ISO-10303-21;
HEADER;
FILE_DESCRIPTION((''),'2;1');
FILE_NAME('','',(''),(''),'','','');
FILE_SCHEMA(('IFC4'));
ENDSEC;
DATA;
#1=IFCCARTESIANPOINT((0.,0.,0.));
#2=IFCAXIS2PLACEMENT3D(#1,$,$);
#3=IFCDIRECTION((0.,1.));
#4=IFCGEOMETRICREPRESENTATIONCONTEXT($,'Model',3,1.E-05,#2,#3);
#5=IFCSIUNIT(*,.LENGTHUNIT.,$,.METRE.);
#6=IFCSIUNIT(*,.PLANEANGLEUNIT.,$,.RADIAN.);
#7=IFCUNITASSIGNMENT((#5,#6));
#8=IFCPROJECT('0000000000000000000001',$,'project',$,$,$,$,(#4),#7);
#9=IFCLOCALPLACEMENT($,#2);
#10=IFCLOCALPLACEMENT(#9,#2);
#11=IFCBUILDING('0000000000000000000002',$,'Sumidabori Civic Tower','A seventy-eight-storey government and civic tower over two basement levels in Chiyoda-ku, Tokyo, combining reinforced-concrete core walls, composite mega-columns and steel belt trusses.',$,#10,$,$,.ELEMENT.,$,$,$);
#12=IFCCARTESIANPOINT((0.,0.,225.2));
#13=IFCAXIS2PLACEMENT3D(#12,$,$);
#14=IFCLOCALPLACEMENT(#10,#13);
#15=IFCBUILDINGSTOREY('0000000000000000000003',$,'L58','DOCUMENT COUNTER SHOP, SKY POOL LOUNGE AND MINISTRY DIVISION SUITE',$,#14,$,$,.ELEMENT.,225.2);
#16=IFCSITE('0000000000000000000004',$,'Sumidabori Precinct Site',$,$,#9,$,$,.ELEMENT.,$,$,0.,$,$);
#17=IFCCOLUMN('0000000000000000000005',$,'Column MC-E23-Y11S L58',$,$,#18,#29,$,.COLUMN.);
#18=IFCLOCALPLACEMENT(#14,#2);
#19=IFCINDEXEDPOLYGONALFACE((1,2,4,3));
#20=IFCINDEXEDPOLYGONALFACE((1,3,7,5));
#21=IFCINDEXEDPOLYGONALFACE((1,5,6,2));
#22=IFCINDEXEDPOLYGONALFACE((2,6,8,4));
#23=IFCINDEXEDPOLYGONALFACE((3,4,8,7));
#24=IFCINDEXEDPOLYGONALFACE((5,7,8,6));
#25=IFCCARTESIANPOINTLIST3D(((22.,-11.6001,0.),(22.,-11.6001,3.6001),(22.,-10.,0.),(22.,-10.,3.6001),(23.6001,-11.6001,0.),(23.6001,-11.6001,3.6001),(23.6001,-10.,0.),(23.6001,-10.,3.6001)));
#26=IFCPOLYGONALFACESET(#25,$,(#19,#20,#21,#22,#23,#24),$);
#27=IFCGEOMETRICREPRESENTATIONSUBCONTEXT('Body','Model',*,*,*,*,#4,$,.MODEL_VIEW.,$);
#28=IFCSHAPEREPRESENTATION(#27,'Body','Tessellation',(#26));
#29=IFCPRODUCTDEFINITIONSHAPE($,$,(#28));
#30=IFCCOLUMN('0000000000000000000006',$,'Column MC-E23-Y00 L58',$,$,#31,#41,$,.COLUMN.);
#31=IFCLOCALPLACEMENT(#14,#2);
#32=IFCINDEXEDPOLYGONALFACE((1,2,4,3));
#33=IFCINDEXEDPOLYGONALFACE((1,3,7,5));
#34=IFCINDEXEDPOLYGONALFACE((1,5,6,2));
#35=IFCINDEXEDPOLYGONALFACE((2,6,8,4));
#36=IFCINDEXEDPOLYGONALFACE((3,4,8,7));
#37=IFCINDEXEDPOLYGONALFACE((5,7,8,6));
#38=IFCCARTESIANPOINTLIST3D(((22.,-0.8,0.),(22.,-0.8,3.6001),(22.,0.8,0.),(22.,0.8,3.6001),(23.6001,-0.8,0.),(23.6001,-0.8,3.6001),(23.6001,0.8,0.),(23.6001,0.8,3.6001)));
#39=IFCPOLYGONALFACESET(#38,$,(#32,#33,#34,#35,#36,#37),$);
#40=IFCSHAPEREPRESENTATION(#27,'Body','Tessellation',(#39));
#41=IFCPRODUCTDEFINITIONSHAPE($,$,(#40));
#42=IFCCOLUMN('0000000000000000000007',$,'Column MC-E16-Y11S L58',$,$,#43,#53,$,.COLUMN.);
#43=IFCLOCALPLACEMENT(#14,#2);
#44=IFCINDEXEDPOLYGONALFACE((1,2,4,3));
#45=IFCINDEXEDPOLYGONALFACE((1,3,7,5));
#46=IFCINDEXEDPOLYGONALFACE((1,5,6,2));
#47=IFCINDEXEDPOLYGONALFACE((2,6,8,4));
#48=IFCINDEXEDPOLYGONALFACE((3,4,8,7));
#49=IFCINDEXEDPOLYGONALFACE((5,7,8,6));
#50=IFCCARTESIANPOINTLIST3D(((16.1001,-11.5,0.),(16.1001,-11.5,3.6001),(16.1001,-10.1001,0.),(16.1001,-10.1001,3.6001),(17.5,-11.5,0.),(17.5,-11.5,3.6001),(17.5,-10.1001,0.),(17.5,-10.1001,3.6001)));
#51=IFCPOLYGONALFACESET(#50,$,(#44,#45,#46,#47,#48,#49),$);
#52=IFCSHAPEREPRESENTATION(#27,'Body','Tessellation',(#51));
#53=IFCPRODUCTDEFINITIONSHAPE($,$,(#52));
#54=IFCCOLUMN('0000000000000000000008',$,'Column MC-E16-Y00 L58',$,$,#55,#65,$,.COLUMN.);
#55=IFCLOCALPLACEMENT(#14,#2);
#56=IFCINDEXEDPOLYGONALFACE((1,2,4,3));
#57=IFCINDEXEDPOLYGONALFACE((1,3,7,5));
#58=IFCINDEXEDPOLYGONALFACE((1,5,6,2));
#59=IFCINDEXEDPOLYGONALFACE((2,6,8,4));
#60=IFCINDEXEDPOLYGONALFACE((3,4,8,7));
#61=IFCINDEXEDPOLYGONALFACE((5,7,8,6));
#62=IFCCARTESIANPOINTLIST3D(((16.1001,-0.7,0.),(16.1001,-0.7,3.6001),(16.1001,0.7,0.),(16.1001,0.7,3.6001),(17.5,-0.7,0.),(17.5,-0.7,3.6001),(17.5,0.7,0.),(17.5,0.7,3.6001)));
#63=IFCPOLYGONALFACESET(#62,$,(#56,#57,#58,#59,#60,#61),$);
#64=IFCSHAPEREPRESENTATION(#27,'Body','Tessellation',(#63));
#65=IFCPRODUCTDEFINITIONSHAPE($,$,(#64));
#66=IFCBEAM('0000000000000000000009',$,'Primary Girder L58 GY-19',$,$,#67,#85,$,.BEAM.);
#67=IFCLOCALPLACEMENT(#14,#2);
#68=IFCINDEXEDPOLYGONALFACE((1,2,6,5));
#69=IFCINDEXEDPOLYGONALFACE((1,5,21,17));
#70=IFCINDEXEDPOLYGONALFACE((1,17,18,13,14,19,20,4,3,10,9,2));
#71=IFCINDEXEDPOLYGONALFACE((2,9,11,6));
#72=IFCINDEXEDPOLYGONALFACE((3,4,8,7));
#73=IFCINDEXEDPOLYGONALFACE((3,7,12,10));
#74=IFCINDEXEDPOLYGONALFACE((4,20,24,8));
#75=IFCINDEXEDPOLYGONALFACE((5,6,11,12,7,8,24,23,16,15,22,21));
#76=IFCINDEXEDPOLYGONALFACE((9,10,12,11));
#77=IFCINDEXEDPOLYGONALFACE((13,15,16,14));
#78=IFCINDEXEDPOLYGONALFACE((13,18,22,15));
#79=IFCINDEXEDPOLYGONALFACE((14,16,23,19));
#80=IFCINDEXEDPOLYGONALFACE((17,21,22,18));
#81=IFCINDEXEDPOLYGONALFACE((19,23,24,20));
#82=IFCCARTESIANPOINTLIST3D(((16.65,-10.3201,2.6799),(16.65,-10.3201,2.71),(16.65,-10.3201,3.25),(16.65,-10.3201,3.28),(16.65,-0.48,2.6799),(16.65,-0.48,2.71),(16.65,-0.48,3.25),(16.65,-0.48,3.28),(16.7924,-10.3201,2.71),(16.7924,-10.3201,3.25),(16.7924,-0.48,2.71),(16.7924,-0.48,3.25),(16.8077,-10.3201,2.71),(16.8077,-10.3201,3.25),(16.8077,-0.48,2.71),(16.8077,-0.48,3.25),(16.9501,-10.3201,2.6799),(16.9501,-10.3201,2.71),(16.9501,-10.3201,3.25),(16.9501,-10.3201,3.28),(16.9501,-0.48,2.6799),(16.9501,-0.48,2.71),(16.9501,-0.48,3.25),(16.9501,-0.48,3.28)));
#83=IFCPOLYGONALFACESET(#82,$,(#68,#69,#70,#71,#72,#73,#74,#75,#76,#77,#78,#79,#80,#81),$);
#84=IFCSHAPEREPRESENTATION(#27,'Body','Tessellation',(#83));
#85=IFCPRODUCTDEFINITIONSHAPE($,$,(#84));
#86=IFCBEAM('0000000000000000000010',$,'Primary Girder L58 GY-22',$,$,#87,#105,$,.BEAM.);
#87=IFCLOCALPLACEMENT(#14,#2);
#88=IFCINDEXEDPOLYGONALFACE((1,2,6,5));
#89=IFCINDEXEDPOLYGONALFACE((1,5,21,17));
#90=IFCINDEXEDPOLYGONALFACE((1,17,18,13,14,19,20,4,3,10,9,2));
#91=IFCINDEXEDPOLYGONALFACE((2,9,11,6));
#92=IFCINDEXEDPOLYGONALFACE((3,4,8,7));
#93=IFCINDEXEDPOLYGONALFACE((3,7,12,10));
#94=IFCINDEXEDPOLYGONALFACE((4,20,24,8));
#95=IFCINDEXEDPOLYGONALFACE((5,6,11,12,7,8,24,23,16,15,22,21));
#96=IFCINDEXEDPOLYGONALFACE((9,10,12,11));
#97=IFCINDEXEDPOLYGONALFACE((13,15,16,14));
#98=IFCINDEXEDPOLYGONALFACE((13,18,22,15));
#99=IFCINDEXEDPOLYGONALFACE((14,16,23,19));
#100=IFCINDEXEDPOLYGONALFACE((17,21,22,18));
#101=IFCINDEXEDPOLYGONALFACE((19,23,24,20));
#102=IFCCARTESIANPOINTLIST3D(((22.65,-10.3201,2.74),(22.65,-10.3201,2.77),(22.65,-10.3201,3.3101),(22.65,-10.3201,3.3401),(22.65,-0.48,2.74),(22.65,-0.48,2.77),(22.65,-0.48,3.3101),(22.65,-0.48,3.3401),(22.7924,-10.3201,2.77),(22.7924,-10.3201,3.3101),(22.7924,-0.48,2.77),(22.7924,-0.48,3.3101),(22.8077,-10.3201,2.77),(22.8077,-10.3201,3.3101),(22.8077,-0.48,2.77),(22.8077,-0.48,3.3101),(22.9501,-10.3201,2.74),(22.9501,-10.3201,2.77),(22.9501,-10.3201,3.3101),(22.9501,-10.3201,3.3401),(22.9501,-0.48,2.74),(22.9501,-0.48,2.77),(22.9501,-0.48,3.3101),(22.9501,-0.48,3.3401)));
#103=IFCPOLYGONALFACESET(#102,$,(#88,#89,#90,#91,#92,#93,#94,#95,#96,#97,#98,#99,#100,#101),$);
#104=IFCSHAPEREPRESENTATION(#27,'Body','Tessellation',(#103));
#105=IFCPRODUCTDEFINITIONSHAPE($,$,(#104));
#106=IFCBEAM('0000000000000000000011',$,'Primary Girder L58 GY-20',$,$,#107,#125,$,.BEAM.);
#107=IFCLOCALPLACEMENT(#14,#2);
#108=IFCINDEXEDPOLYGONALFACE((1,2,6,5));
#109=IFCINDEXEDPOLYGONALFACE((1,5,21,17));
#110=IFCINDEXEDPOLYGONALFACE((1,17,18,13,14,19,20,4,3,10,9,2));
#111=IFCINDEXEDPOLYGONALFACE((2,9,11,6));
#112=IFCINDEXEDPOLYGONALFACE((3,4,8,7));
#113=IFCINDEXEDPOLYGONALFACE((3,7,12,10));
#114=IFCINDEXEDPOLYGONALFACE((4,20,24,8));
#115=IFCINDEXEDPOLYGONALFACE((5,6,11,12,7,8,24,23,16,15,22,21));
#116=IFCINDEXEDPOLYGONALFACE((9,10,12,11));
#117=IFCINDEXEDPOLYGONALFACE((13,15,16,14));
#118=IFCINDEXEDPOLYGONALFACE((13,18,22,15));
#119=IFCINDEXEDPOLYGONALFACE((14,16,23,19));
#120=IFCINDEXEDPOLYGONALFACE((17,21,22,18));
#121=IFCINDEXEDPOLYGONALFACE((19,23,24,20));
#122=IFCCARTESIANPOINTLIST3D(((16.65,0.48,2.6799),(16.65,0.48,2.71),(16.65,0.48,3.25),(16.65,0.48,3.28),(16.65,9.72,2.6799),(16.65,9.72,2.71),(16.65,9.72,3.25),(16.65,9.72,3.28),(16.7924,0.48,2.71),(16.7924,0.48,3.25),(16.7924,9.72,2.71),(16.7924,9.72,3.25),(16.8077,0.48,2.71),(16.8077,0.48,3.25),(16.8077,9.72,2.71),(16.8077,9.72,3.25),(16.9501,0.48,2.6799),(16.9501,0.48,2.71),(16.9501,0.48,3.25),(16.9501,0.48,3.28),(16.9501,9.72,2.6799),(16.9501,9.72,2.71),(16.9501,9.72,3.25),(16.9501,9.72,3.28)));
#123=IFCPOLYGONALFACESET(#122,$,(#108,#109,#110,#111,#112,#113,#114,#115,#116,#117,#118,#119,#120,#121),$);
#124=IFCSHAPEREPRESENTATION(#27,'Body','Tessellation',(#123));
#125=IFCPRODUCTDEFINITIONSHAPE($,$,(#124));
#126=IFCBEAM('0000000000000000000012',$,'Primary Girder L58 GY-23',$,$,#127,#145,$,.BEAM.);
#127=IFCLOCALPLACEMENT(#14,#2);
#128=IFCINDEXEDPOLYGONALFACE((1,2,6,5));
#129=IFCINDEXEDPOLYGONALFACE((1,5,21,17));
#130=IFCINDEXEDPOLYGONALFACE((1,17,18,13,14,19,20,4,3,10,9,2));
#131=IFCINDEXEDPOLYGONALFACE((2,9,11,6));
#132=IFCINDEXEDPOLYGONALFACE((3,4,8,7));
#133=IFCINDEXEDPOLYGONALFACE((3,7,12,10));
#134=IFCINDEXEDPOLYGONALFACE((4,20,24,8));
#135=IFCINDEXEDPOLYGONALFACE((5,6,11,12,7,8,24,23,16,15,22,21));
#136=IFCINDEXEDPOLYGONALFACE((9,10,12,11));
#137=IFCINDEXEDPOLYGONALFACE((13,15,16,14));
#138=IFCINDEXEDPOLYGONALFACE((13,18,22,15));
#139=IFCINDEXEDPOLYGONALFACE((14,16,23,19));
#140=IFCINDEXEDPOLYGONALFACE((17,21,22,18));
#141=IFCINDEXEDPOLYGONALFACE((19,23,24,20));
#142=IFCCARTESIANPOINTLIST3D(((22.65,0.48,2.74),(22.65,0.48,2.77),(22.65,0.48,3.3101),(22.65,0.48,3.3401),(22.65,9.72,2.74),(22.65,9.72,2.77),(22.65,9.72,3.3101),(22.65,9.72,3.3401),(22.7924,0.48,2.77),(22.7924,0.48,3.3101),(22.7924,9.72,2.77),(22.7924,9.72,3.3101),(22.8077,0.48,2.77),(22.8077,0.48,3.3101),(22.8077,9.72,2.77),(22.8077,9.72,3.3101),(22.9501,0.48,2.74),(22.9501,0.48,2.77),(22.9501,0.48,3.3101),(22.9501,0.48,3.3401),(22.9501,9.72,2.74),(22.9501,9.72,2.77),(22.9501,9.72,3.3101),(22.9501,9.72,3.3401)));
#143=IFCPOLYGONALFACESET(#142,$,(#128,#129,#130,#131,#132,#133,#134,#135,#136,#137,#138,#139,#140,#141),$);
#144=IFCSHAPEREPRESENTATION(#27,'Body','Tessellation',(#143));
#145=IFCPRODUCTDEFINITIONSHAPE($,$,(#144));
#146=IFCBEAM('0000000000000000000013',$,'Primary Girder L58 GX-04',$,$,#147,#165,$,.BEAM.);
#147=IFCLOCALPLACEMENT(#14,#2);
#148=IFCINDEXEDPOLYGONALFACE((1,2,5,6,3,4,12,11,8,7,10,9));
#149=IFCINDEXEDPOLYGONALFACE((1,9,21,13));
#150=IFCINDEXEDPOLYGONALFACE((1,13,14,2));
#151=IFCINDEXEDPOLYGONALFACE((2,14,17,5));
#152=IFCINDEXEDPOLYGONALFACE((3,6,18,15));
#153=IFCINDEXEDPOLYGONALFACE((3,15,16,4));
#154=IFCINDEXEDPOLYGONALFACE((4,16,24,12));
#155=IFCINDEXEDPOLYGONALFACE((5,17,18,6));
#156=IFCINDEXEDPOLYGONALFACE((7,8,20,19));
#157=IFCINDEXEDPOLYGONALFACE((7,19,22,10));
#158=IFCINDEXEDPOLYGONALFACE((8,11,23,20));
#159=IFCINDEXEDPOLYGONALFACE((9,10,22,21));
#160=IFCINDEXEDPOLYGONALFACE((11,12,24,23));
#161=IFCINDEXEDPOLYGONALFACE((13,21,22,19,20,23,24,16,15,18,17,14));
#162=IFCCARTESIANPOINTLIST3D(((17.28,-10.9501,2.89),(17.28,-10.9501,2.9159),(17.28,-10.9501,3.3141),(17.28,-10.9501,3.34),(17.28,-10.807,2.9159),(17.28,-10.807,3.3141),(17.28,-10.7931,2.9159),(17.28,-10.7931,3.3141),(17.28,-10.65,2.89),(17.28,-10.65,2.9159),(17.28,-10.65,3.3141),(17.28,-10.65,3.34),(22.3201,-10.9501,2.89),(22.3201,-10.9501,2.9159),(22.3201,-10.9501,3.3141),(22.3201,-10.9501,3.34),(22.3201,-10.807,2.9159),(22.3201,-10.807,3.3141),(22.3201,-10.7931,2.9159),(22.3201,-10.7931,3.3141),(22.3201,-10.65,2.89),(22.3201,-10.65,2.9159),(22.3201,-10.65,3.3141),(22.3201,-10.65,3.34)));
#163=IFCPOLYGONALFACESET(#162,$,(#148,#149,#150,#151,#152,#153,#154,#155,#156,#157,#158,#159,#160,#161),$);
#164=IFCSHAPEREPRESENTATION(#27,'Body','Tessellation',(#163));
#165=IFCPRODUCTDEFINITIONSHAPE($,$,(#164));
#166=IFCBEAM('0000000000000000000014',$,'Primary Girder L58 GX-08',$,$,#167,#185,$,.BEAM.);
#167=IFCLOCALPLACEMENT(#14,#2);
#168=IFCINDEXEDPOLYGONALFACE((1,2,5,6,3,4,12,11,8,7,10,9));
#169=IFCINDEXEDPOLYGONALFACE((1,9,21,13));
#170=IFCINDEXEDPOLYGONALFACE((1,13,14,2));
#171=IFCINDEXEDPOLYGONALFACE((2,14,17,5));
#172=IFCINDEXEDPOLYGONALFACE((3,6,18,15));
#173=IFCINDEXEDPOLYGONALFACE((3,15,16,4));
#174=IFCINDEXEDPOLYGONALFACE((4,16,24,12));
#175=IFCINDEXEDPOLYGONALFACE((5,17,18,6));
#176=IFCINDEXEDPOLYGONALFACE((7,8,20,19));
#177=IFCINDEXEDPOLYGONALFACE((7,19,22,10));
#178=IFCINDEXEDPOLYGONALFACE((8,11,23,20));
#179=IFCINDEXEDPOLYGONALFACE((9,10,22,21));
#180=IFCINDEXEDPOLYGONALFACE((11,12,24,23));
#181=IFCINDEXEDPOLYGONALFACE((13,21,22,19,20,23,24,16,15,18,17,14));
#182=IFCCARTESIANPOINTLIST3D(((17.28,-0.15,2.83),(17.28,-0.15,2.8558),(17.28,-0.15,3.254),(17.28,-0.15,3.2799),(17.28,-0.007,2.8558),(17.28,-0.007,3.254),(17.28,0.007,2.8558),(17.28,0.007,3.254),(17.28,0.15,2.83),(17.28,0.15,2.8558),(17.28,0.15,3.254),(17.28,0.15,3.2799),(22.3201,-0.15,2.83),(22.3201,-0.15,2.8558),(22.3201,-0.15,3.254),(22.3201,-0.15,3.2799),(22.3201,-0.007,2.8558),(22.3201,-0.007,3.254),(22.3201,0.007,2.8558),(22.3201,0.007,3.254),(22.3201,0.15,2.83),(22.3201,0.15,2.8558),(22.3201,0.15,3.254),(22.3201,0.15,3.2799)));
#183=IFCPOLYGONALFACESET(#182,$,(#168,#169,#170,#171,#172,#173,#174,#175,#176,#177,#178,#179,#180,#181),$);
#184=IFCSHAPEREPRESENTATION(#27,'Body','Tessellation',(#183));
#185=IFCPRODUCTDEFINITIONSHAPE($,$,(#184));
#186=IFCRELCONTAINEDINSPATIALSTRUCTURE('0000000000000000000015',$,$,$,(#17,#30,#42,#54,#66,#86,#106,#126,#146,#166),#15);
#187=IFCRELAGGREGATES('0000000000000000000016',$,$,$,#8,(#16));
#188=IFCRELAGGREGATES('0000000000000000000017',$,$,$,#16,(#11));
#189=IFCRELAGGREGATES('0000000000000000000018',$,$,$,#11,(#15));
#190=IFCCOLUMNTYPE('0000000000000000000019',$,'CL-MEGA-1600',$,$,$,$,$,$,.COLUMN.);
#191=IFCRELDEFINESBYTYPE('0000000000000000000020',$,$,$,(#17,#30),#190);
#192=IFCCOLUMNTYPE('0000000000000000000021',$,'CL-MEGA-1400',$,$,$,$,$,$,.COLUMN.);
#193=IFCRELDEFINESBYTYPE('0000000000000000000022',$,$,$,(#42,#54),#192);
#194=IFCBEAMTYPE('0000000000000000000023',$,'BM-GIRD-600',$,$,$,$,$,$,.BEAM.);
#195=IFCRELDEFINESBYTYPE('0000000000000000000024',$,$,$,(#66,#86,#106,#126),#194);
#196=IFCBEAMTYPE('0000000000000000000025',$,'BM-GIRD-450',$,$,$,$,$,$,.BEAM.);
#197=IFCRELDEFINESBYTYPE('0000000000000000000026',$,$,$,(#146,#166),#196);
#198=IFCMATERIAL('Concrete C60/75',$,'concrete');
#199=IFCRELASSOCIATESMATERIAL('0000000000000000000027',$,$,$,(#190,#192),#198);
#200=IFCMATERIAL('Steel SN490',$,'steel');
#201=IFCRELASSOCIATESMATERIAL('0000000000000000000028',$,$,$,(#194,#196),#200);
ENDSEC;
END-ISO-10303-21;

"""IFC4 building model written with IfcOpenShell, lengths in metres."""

from ifc_helpers import new_model, si_unit, direction, frame, origin, origin_2d, place, context, subcontext, project, spatial, rectangle, i_section, extrude, source, transform, mapped, material, material_profile, profile_set, type_object, element, save


model = new_model("IFC4")

# Units and contexts
model_context = context("Model", 3, precision=1e-05, world=origin(), true_north=direction((0.0, 1.0)))
body_context = subcontext(model_context, "Body", "Model", "MODEL_VIEW")
ifc_project = project(units=[si_unit("LENGTHUNIT", "METRE"), si_unit("PLANEANGLEUNIT", "RADIAN")], contexts=[model_context])

# Site, building, storey
site_placement = place(None, origin())
site = spatial("IfcSite", under=ifc_project, at=site_placement, Name="Sumidabori Precinct Site", CompositionType="ELEMENT", RefElevation=0.0)
building_placement = place(site_placement, origin())
building = spatial("IfcBuilding", under=site, at=building_placement, Name="Sumidabori Civic Tower", Description="A seventy-eight-storey government and civic tower over two basement levels in Chiyoda-ku, Tokyo, combining reinforced-concrete core walls, composite mega-columns and steel belt trusses.", CompositionType="ELEMENT")
storey_placement = place(building_placement, frame((0.0, 0.0, 225.2)))
storey = spatial("IfcBuildingStorey", under=building, at=storey_placement, Name="L58", Description="DOCUMENT COUNTER SHOP, SKY POOL LOUNGE AND MINISTRY DIVISION SUITE", CompositionType="ELEMENT", Elevation=225.2)

# Columns
ifc_material_1 = material(Name="Concrete C60/75", Category="concrete")
ifc_material_profile_1 = material_profile(ifc_material_1, rectangle(XDim=1.6001, YDim=1.6001, at=origin_2d()), Name="RC 1600x1600")
ifc_profile_set_1 = profile_set([ifc_material_profile_1], Name="Concrete C60/75")
column_type_1 = type_object("IfcColumnType", Name="CL-MEGA-1600", PredefinedType="COLUMN", material=ifc_profile_set_1)
shared_shape_1 = source(origin(), body_context, "Body", "SweptSolid", [
    extrude(rectangle(XDim=1.6001, YDim=1.6001, at=origin_2d()), origin(), (0.0, 0.0, 1.0), 3.6001),
])
for number, where, z_axis, x_axis, name in (
    (1, (22.8, -10.8, 0.0), (0.0, 0.0, 1.0), (1.0, 0.0, 0.0), "Column MC-E23-Y11S L58"),
    (2, (22.8, 0.0, 0.0), (0.0, 0.0, 1.0), (1.0, 0.0, 0.0), "Column MC-E23-Y00 L58"),
):
    element("IfcColumn", number, at=place(storey_placement, frame(where, z_axis=z_axis, x_axis=x_axis)), inside=storey, type_object=column_type_1, Name=name, PredefinedType="COLUMN", context=body_context, shape_type="MappedRepresentation", body=[
        mapped(shared_shape_1, transform((0.0, 0.0, 0.0), x_axis=(1.0, 0.0, 0.0), y_axis=(0.0, 1.0, 0.0), z_axis=(0.0, 0.0, 1.0), scale=1.0)),
    ])
ifc_material_profile_2 = material_profile(ifc_material_1, rectangle(XDim=1.3999, YDim=1.3999, at=origin_2d()), Name="RC 1400x1400")
ifc_profile_set_2 = profile_set([ifc_material_profile_2], Name="Concrete C60/75")
column_type_2 = type_object("IfcColumnType", Name="CL-MEGA-1400", PredefinedType="COLUMN", material=ifc_profile_set_2)
shared_shape_2 = source(origin(), body_context, "Body", "SweptSolid", [
    extrude(rectangle(XDim=1.3999, YDim=1.3999, at=origin_2d()), origin(), (0.0, 0.0, 1.0), 3.6001),
])
for number, where, z_axis, x_axis, name in (
    (3, (16.8, -10.8, 0.0), (0.0, 0.0, 1.0), (1.0, 0.0, 0.0), "Column MC-E16-Y11S L58"),
    (4, (16.8, 0.0, 0.0), (0.0, 0.0, 1.0), (1.0, 0.0, 0.0), "Column MC-E16-Y00 L58"),
):
    element("IfcColumn", number, at=place(storey_placement, frame(where, z_axis=z_axis, x_axis=x_axis)), inside=storey, type_object=column_type_2, Name=name, PredefinedType="COLUMN", context=body_context, shape_type="MappedRepresentation", body=[
        mapped(shared_shape_2, transform((0.0, 0.0, 0.0), x_axis=(1.0, 0.0, 0.0), y_axis=(0.0, 1.0, 0.0), z_axis=(0.0, 0.0, 1.0), scale=1.0)),
    ])

# Beams
ifc_material_2 = material(Name="Steel SN490", Category="steel")
ifc_material_profile_3 = material_profile(ifc_material_2, i_section(OverallWidth=0.3, OverallDepth=0.6001, WebThickness=0.0154, FlangeThickness=0.03, at=origin_2d()), Name="HE 600 B")
ifc_profile_set_3 = profile_set([ifc_material_profile_3], Name="Steel SN490")
beam_type_1 = type_object("IfcBeamType", Name="BM-GIRD-600", PredefinedType="BEAM", material=ifc_profile_set_3)
shared_shape_3 = source(origin(), body_context, "Body", "SweptSolid", [
    extrude(i_section(OverallWidth=0.3, OverallDepth=0.6001, WebThickness=0.0154, FlangeThickness=0.03, at=origin_2d()), origin(), (0.0, 0.0, 1.0), 9.8401),
])
for number, where, z_axis, x_axis, name in (
    (5, (16.8, -10.3201, 2.98), (0.0, 1.0, 0.0), (-1.0, 0.0, 0.0), "Primary Girder L58 GY-19"),
    (6, (22.8, -10.3201, 3.04), (0.0, 1.0, 0.0), (-1.0, 0.0, 0.0), "Primary Girder L58 GY-22"),
):
    element("IfcBeam", number, at=place(storey_placement, frame(where, z_axis=z_axis, x_axis=x_axis)), inside=storey, type_object=beam_type_1, Name=name, PredefinedType="BEAM", context=body_context, shape_type="MappedRepresentation", body=[
        mapped(shared_shape_3, transform((0.0, 0.0, 0.0), x_axis=(1.0, 0.0, 0.0), y_axis=(0.0, 1.0, 0.0), z_axis=(0.0, 0.0, 1.0), scale=1.0)),
    ])
shared_shape_4 = source(origin(), body_context, "Body", "SweptSolid", [
    extrude(i_section(OverallWidth=0.3, OverallDepth=0.6001, WebThickness=0.0154, FlangeThickness=0.03, at=origin_2d()), origin(), (0.0, 0.0, 1.0), 9.24),
])
for number, where, z_axis, x_axis, name in (
    (7, (16.8, 0.48, 2.98), (0.0, 1.0, 0.0), (-1.0, 0.0, 0.0), "Primary Girder L58 GY-20"),
    (8, (22.8, 0.48, 3.04), (0.0, 1.0, 0.0), (-1.0, 0.0, 0.0), "Primary Girder L58 GY-23"),
):
    element("IfcBeam", number, at=place(storey_placement, frame(where, z_axis=z_axis, x_axis=x_axis)), inside=storey, type_object=beam_type_1, Name=name, PredefinedType="BEAM", context=body_context, shape_type="MappedRepresentation", body=[
        mapped(shared_shape_4, transform((0.0, 0.0, 0.0), x_axis=(1.0, 0.0, 0.0), y_axis=(0.0, 1.0, 0.0), z_axis=(0.0, 0.0, 1.0), scale=1.0)),
    ])
ifc_material_profile_4 = material_profile(ifc_material_2, i_section(OverallWidth=0.3, OverallDepth=0.45, WebThickness=0.0139, FlangeThickness=0.0259, at=origin_2d()), Name="HE 450 B")
ifc_profile_set_4 = profile_set([ifc_material_profile_4], Name="Steel SN490")
beam_type_2 = type_object("IfcBeamType", Name="BM-GIRD-450", PredefinedType="BEAM", material=ifc_profile_set_4)
shared_shape_5 = source(origin(), body_context, "Body", "SweptSolid", [
    extrude(i_section(OverallWidth=0.3, OverallDepth=0.45, WebThickness=0.0139, FlangeThickness=0.0259, at=origin_2d()), origin(), (0.0, 0.0, 1.0), 5.04),
])
for number, where, z_axis, x_axis, name in (
    (9, (17.28, -10.8, 3.115), (1.0, 0.0, 0.0), (0.0, 1.0, 0.0), "Primary Girder L58 GX-04"),
    (10, (17.28, 0.0, 3.0549), (1.0, 0.0, 0.0), (0.0, 1.0, 0.0), "Primary Girder L58 GX-08"),
):
    element("IfcBeam", number, at=place(storey_placement, frame(where, z_axis=z_axis, x_axis=x_axis)), inside=storey, type_object=beam_type_2, Name=name, PredefinedType="BEAM", context=body_context, shape_type="MappedRepresentation", body=[
        mapped(shared_shape_5, transform((0.0, 0.0, 0.0), x_axis=(1.0, 0.0, 0.0), y_axis=(0.0, 1.0, 0.0), z_axis=(0.0, 0.0, 1.0), scale=1.0)),
    ])

save(model, "model.ifc")
